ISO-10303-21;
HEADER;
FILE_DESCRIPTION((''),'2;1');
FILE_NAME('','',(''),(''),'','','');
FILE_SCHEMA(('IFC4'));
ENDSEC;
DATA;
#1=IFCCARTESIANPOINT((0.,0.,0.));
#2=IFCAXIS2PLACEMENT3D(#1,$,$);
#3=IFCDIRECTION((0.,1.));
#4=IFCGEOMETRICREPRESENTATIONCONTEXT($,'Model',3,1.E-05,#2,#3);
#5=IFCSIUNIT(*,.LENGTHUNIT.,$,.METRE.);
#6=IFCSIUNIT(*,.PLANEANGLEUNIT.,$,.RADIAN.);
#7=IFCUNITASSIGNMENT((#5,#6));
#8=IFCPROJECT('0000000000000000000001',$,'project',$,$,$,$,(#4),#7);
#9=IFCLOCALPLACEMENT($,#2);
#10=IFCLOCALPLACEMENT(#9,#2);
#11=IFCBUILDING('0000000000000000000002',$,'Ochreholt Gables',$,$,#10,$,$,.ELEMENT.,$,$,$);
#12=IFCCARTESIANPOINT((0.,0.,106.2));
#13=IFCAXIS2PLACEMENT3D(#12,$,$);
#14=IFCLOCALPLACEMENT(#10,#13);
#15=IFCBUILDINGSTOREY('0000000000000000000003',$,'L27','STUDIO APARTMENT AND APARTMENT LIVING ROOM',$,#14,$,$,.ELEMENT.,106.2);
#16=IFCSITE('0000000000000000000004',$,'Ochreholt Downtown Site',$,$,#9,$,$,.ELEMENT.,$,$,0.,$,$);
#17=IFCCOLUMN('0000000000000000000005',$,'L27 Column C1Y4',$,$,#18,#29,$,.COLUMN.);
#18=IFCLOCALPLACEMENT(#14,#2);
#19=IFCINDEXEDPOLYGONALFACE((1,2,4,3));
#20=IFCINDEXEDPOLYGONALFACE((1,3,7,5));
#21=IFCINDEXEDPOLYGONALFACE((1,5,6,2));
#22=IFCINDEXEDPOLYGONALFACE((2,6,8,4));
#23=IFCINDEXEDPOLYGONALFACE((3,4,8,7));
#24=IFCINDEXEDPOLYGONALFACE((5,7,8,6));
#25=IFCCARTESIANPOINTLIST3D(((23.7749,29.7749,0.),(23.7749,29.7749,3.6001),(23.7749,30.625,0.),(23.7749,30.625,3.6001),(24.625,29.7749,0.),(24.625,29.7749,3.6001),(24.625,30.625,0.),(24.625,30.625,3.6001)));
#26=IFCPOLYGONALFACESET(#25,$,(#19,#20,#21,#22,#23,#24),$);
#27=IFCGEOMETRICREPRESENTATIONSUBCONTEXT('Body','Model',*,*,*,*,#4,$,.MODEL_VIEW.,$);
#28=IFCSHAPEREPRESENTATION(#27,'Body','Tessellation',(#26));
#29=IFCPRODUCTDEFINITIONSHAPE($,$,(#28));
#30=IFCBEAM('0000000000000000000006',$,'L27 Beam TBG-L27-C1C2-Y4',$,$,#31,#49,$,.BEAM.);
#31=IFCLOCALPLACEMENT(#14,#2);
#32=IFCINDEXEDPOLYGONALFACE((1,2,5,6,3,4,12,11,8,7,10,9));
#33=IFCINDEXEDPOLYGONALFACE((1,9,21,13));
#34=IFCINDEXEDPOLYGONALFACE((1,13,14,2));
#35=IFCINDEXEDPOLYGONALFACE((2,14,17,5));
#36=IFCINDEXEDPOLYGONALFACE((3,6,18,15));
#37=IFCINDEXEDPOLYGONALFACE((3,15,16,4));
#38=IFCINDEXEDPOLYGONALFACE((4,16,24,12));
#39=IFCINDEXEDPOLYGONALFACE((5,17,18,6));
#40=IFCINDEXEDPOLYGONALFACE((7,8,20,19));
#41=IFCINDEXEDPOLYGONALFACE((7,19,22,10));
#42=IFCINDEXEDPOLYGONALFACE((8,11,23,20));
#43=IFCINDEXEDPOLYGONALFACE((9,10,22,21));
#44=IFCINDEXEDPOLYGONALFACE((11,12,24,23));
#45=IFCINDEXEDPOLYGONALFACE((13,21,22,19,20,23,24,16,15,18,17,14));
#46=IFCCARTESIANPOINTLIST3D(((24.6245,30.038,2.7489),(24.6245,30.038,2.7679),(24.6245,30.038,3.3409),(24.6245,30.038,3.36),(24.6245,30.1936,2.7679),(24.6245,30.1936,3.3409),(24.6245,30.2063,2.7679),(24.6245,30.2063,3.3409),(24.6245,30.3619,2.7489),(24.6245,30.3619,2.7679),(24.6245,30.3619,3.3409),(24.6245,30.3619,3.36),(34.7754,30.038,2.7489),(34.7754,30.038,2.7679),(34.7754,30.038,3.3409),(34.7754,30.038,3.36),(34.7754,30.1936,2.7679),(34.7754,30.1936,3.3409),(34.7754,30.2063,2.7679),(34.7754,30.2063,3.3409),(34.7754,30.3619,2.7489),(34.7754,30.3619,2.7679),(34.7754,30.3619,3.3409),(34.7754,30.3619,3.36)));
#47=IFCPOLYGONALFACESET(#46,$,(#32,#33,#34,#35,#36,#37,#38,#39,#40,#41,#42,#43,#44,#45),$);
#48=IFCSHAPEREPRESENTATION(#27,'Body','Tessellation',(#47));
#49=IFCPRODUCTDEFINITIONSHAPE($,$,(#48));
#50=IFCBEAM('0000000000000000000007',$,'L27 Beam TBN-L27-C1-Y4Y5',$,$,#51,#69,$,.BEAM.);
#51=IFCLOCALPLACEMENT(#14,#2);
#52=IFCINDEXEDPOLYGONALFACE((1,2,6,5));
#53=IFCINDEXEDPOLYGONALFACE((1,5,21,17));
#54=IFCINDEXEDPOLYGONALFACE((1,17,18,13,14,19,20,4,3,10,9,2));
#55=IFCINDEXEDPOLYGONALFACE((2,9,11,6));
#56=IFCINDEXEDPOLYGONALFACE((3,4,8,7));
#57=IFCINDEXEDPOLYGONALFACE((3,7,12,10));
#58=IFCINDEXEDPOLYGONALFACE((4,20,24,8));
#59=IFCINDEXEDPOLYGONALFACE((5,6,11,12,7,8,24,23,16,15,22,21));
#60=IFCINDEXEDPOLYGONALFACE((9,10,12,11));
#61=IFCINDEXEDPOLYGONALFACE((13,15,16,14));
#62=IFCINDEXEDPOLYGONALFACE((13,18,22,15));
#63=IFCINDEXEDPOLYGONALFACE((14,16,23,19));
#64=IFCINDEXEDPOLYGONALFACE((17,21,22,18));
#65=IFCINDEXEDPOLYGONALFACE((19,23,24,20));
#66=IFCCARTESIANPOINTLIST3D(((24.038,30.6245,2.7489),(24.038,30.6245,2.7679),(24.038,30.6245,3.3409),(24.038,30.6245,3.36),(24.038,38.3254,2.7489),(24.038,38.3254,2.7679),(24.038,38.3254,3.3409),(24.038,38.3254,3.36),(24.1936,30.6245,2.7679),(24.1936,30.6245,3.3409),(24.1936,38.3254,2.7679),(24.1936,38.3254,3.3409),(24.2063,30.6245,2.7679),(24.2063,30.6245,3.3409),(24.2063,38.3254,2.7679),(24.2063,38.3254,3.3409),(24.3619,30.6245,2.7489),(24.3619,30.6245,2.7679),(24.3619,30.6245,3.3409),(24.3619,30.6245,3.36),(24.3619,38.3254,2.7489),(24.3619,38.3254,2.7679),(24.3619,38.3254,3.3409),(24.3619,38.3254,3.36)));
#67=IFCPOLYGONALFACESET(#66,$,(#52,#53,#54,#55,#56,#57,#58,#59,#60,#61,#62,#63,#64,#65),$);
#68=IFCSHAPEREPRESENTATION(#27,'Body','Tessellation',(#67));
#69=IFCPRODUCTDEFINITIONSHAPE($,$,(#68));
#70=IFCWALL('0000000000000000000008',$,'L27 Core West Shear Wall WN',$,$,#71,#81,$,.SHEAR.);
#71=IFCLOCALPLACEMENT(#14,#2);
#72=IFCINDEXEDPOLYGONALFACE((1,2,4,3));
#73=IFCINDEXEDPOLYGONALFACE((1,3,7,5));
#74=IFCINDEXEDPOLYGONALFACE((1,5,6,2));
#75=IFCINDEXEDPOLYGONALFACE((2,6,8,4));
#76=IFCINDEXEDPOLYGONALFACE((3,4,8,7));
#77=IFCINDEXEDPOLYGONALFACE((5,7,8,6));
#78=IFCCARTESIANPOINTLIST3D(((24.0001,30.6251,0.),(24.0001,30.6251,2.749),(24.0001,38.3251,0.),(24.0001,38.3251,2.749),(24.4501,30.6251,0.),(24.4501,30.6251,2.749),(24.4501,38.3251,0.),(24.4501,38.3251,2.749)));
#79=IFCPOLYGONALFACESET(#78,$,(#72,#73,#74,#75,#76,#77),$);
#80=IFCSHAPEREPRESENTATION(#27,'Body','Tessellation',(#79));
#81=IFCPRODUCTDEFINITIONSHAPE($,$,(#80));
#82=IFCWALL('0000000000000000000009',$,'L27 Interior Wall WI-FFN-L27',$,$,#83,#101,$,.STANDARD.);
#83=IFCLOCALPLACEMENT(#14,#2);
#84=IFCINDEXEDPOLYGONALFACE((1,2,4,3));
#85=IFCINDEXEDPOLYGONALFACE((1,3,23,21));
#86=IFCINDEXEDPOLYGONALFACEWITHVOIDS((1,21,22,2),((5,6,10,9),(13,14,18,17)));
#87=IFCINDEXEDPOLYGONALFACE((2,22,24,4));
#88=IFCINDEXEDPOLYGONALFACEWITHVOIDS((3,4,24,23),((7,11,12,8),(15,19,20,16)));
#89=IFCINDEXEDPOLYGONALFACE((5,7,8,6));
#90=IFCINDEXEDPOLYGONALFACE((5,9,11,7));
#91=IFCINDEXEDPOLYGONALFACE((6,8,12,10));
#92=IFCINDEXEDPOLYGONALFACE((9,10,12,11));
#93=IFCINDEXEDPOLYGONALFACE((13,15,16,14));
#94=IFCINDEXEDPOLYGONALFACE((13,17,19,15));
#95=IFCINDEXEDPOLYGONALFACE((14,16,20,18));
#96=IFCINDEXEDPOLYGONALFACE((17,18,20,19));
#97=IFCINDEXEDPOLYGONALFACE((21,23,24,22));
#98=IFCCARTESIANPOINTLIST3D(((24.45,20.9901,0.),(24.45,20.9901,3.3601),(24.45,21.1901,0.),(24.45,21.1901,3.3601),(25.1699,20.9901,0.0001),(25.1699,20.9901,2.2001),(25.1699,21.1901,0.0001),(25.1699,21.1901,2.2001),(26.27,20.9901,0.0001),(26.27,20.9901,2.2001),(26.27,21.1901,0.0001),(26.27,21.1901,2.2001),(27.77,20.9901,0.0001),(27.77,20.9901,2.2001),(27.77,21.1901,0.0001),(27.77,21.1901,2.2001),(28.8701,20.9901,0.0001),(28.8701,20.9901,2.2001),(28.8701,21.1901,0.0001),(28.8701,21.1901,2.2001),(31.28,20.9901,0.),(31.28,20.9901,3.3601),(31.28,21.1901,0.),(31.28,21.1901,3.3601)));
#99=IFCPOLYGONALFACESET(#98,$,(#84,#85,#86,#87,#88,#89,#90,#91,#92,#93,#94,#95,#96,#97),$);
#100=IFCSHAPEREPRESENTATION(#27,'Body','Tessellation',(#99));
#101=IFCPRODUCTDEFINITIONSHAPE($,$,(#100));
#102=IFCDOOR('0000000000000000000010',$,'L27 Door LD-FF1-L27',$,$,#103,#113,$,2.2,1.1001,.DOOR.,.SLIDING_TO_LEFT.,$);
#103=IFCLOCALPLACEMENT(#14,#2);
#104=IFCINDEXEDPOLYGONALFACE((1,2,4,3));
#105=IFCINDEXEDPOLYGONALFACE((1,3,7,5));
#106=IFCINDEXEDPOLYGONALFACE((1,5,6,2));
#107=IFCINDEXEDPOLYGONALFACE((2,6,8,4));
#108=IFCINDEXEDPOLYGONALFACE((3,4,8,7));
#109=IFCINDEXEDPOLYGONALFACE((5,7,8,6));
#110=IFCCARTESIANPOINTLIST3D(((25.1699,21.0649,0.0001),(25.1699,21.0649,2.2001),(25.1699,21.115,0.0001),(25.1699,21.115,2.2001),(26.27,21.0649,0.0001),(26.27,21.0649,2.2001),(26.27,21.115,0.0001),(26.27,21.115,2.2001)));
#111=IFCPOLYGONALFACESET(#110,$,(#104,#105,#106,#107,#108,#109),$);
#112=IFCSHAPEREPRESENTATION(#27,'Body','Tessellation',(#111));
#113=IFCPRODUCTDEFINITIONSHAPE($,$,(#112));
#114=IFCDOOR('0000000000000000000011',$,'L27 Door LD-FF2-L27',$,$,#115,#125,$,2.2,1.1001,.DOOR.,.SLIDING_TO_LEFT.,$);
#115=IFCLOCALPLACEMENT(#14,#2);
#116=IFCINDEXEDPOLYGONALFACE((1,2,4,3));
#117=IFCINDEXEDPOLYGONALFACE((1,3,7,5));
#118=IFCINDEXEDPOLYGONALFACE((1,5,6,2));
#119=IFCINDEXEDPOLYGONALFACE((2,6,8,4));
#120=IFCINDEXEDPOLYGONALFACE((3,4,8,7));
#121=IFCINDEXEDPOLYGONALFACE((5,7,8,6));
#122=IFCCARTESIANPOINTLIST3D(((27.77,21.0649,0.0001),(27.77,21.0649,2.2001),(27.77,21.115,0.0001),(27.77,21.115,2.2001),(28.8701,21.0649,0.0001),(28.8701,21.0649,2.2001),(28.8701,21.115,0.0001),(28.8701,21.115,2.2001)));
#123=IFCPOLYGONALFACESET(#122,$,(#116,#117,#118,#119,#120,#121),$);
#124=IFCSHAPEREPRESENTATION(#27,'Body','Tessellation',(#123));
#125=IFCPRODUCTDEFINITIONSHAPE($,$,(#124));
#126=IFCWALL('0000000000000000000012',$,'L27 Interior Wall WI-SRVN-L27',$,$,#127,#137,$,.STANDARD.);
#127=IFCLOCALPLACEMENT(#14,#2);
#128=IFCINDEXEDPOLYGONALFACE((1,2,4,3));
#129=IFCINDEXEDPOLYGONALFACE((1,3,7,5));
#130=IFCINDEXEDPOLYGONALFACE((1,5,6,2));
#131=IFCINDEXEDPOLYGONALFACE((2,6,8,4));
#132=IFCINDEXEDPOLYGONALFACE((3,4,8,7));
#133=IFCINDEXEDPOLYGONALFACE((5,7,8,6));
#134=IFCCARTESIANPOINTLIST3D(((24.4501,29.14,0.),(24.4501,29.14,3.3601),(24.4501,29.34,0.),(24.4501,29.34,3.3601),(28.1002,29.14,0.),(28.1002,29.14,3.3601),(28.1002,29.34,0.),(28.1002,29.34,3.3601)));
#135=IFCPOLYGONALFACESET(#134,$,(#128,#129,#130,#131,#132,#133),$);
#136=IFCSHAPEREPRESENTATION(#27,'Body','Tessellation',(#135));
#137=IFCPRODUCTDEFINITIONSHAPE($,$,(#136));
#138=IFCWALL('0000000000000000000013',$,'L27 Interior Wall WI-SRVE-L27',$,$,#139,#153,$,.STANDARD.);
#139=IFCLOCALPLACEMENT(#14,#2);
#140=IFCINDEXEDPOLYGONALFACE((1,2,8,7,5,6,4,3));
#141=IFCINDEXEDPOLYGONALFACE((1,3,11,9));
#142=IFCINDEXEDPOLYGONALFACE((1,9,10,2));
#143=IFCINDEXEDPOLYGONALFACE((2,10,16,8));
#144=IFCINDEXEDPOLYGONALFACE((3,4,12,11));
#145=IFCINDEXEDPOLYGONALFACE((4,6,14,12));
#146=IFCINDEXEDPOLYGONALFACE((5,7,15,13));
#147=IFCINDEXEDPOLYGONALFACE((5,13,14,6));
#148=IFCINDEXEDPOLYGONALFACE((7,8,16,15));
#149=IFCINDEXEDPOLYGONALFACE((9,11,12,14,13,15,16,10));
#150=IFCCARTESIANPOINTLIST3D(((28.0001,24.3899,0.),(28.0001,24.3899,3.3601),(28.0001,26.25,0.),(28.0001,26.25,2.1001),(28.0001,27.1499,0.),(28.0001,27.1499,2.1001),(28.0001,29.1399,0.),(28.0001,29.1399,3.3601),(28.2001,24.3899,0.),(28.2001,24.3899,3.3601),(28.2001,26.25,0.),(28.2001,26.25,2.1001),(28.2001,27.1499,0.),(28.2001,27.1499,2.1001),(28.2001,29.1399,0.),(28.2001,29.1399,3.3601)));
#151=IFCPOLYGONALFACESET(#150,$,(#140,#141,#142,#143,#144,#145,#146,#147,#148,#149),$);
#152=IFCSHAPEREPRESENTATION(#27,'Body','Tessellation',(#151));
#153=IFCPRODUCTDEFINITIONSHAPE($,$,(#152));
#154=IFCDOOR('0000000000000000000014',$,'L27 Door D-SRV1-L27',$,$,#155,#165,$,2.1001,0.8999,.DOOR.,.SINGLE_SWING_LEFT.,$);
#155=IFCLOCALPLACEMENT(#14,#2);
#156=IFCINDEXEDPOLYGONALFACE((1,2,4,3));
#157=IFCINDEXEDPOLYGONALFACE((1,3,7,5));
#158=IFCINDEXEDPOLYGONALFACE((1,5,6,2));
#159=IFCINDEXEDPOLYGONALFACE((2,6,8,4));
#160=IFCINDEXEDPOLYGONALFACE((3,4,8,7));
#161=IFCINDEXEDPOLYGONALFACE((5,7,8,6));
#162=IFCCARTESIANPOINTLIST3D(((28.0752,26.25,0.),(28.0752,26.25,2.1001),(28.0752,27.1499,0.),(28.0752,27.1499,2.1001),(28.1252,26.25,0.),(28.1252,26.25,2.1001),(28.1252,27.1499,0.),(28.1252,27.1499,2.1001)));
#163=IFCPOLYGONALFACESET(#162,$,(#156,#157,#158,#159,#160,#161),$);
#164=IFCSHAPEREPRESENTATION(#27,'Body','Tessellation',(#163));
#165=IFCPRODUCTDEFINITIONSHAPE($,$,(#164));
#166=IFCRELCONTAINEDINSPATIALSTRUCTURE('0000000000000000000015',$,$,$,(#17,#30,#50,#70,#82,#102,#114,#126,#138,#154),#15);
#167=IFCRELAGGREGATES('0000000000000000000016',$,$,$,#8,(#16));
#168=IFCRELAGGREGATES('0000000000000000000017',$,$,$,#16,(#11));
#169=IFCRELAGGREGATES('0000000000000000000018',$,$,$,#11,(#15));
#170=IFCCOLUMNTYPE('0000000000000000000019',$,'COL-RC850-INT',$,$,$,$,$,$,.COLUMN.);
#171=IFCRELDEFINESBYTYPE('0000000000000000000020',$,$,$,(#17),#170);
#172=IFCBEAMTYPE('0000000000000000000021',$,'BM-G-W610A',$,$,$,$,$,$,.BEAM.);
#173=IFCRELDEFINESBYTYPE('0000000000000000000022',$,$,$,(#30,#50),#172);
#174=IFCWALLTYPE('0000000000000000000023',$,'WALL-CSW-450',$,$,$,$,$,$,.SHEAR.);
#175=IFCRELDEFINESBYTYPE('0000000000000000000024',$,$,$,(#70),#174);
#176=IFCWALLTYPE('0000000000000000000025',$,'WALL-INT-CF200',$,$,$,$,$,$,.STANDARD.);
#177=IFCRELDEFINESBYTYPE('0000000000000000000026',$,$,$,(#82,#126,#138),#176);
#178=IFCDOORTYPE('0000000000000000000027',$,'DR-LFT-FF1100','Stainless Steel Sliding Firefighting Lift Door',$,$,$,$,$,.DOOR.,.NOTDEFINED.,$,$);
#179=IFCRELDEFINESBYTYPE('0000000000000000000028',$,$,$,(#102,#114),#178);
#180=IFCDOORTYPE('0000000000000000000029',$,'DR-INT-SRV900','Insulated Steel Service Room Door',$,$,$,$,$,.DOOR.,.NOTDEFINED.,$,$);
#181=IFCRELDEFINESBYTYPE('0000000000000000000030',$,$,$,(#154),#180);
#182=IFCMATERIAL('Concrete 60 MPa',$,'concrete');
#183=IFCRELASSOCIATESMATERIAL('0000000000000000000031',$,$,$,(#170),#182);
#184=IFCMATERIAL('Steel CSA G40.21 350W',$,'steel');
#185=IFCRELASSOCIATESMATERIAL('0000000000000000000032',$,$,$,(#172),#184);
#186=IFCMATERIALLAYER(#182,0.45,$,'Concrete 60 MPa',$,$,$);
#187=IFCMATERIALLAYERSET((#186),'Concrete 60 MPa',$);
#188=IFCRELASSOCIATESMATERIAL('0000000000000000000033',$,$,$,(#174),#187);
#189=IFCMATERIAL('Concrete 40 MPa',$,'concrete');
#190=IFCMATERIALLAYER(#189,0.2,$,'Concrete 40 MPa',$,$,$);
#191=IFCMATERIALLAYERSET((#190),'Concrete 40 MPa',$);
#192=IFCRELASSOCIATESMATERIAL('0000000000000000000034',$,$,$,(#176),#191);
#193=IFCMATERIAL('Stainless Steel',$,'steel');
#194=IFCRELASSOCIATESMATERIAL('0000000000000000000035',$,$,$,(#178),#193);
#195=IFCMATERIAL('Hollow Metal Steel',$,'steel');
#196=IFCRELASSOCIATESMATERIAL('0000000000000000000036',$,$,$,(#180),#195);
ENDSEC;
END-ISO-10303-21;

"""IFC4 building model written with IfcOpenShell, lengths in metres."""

from ifc_helpers import new_model, si_unit, direction, frame, frame_2d, origin, origin_2d, place, context, subcontext, project, spatial, rectangle, i_section, extrude, material, layer, layer_set, material_profile, profile_set, type_object, element, fill, save


model = new_model("IFC4")

# Units and contexts
model_context = context("Model", 3, precision=1e-05, world=origin(), true_north=direction((0.0, 1.0)))
body_context = subcontext(model_context, "Body", "Model", "MODEL_VIEW")
ifc_project = project(units=[si_unit("LENGTHUNIT", "METRE"), si_unit("PLANEANGLEUNIT", "RADIAN")], contexts=[model_context])

# Site, building, storey
site_placement = place(None, origin())
site = spatial("IfcSite", under=ifc_project, at=site_placement, Name="Ochreholt Downtown Site", CompositionType="ELEMENT", RefElevation=0.0)
building_placement = place(site_placement, origin())
building = spatial("IfcBuilding", under=site, at=building_placement, Name="Ochreholt Gables", CompositionType="ELEMENT")
storey_placement = place(building_placement, frame((0.0, 0.0, 106.2)))
storey = spatial("IfcBuildingStorey", under=building, at=storey_placement, Name="L27", Description="STUDIO APARTMENT AND APARTMENT LIVING ROOM", CompositionType="ELEMENT", Elevation=106.2)

# Column
ifc_material_1 = material(Name="Concrete 60 MPa", Category="concrete")
ifc_material_profile_1 = material_profile(ifc_material_1, rectangle(XDim=0.8501, YDim=0.8501, at=origin_2d()), Name="RC850X850")
ifc_profile_set_1 = profile_set([ifc_material_profile_1], Name="Concrete 60 MPa")
column_type = type_object("IfcColumnType", Name="COL-RC850-INT", PredefinedType="COLUMN", material=ifc_profile_set_1)
column_placement = place(storey_placement, frame((24.2, 30.2, 0.0), z_axis=(0.0, 0.0, 1.0), x_axis=(1.0, 0.0, 0.0)))
element("IfcColumn", 1, at=column_placement, inside=storey, type_object=column_type, Name="L27 Column C1Y4", PredefinedType="COLUMN", context=body_context, shape_type="SweptSolid", body=[
    extrude(rectangle(XDim=0.8501, YDim=0.8501, at=origin_2d()), origin(), (0.0, 0.0, 1.0), 3.6001),
])

# Beams
ifc_material_2 = material(Name="Steel CSA G40.21 350W", Category="steel")
ifc_material_profile_2 = material_profile(ifc_material_2, i_section(OverallWidth=0.324, OverallDepth=0.6111, WebThickness=0.0127, FlangeThickness=0.019, at=origin_2d()), Name="W610X155")
ifc_profile_set_2 = profile_set([ifc_material_profile_2], Name="Steel CSA G40.21 350W")
beam_type = type_object("IfcBeamType", Name="BM-G-W610A", PredefinedType="BEAM", material=ifc_profile_set_2)
beam_1_placement = place(storey_placement, frame((24.6245, 30.2, 3.0544), z_axis=(1.0, 0.0, 0.0), x_axis=(0.0, 1.0, 0.0)))
element("IfcBeam", 2, at=beam_1_placement, inside=storey, type_object=beam_type, Name="L27 Beam TBG-L27-C1C2-Y4", PredefinedType="BEAM", context=body_context, shape_type="SweptSolid", body=[
    extrude(i_section(OverallWidth=0.324, OverallDepth=0.6111, WebThickness=0.0127, FlangeThickness=0.019, at=origin_2d()), origin(), (0.0, 0.0, 1.0), 10.1509),
])
beam_2_placement = place(storey_placement, frame((24.2, 30.6245, 3.0544), z_axis=(0.0, 1.0, 0.0), x_axis=(-1.0, 0.0, 0.0)))
element("IfcBeam", 3, at=beam_2_placement, inside=storey, type_object=beam_type, Name="L27 Beam TBN-L27-C1-Y4Y5", PredefinedType="BEAM", context=body_context, shape_type="SweptSolid", body=[
    extrude(i_section(OverallWidth=0.324, OverallDepth=0.6111, WebThickness=0.0127, FlangeThickness=0.019, at=origin_2d()), origin(), (0.0, 0.0, 1.0), 7.7009),
])

# Wall
ifc_layer_1 = layer(ifc_material_1, 0.45, Name="Concrete 60 MPa")
ifc_layer_set_1 = layer_set([ifc_layer_1], Name="Concrete 60 MPa")
wall_type_1 = type_object("IfcWallType", Name="WALL-CSW-450", PredefinedType="SHEAR", material=ifc_layer_set_1)
wall_1_placement = place(storey_placement, frame((24.2251, 30.625, 0.0), z_axis=(0.0, 0.0, 1.0), x_axis=(0.0, 1.0, 0.0)))
element("IfcWall", 4, at=wall_1_placement, inside=storey, type_object=wall_type_1, Name="L27 Core West Shear Wall WN", PredefinedType="SHEAR", context=body_context, shape_type="SweptSolid", body=[
    extrude(rectangle(XDim=7.7, YDim=0.45, at=frame_2d((3.8501, 0.0))), origin(), (0.0, 0.0, 1.0), 2.749),
])

# Wall, openings, doors
ifc_material_3 = material(Name="Concrete 40 MPa", Category="concrete")
ifc_layer_2 = layer(ifc_material_3, 0.2, Name="Concrete 40 MPa")
ifc_layer_set_2 = layer_set([ifc_layer_2], Name="Concrete 40 MPa")
wall_type_2 = type_object("IfcWallType", Name="WALL-INT-CF200", PredefinedType="STANDARD", material=ifc_layer_set_2)
wall_2_placement = place(storey_placement, frame((24.45, 21.0901, 0.0), z_axis=(0.0, 0.0, 1.0), x_axis=(1.0, 0.0, 0.0)))
wall_2 = element("IfcWall", 5, at=wall_2_placement, inside=storey, type_object=wall_type_2, Name="L27 Interior Wall WI-FFN-L27", PredefinedType="STANDARD", context=body_context, shape_type="SweptSolid", body=[
    extrude(rectangle(XDim=6.8301, YDim=0.2, at=frame_2d((3.415, 0.0))), origin(), (0.0, 0.0, 1.0), 3.3601),
])
opening_1_placement = place(wall_2_placement, frame((0.72, 0.0, 0.0)))
opening_1 = element("IfcOpeningElement", 6, at=opening_1_placement, cuts=wall_2, PredefinedType="OPENING", context=body_context, shape_type="SweptSolid", body=[
    extrude(rectangle(XDim=1.1001, YDim=2.2, at=frame_2d((0.55, 1.1001))), frame((0.0, 0.1099, 0.0), z_axis=(0.0, -1.0, 0.0), x_axis=(1.0, 0.0, 0.0)), (0.0, 0.0, 1.0), 0.22),
])
opening_2_placement = place(wall_2_placement, frame((3.3201, 0.0, 0.0)))
opening_2 = element("IfcOpeningElement", 7, at=opening_2_placement, cuts=wall_2, PredefinedType="OPENING", context=body_context, shape_type="SweptSolid", body=[
    extrude(rectangle(XDim=1.1001, YDim=2.2, at=frame_2d((0.55, 1.1001))), frame((0.0, 0.1099, 0.0), z_axis=(0.0, -1.0, 0.0), x_axis=(1.0, 0.0, 0.0)), (0.0, 0.0, 1.0), 0.22),
])
ifc_material_4 = material(Name="Stainless Steel", Category="steel")
door_type_1 = type_object("IfcDoorType", Name="DR-LFT-FF1100", Description="Stainless Steel Sliding Firefighting Lift Door", OperationType="NOTDEFINED", PredefinedType="DOOR", material=ifc_material_4)
door_1_placement = place(opening_1_placement, origin())
door_1 = element("IfcDoor", 8, at=door_1_placement, inside=storey, type_object=door_type_1, Name="L27 Door LD-FF1-L27", OperationType="SLIDING_TO_LEFT", OverallHeight=2.2, OverallWidth=1.1001, PredefinedType="DOOR", context=body_context, shape_type="SweptSolid", body=[
    extrude(rectangle(XDim=1.1001, YDim=2.2, at=frame_2d((0.55, 1.1001))), frame((0.0, 0.0249, 0.0), z_axis=(0.0, -1.0, 0.0), x_axis=(1.0, 0.0, 0.0)), (0.0, 0.0, 1.0), 0.05),
])
fill(opening_1, door_1)
door_2_placement = place(opening_2_placement, origin())
door_2 = element("IfcDoor", 9, at=door_2_placement, inside=storey, type_object=door_type_1, Name="L27 Door LD-FF2-L27", OperationType="SLIDING_TO_LEFT", OverallHeight=2.2, OverallWidth=1.1001, PredefinedType="DOOR", context=body_context, shape_type="SweptSolid", body=[
    extrude(rectangle(XDim=1.1001, YDim=2.2, at=frame_2d((0.55, 1.1001))), frame((0.0, 0.0249, 0.0), z_axis=(0.0, -1.0, 0.0), x_axis=(1.0, 0.0, 0.0)), (0.0, 0.0, 1.0), 0.05),
])
fill(opening_2, door_2)

# Wall
wall_3_placement = place(storey_placement, frame((24.45, 29.24, 0.0), z_axis=(0.0, 0.0, 1.0), x_axis=(1.0, 0.0, 0.0)))
element("IfcWall", 10, at=wall_3_placement, inside=storey, type_object=wall_type_2, Name="L27 Interior Wall WI-SRVN-L27", PredefinedType="STANDARD", context=body_context, shape_type="SweptSolid", body=[
    extrude(rectangle(XDim=3.6501, YDim=0.2, at=frame_2d((1.8252, 0.0))), origin(), (0.0, 0.0, 1.0), 3.3601),
])

# Wall, opening, door
wall_4_placement = place(storey_placement, frame((28.1001, 24.3899, 0.0), z_axis=(0.0, 0.0, 1.0), x_axis=(0.0, 1.0, 0.0)))
wall_4 = element("IfcWall", 11, at=wall_4_placement, inside=storey, type_object=wall_type_2, Name="L27 Interior Wall WI-SRVE-L27", PredefinedType="STANDARD", context=body_context, shape_type="SweptSolid", body=[
    extrude(rectangle(XDim=4.75, YDim=0.2, at=frame_2d((2.375, 0.0))), origin(), (0.0, 0.0, 1.0), 3.3601),
])
opening_3_placement = place(wall_4_placement, frame((1.8601, 0.0, 0.0)))
opening_3 = element("IfcOpeningElement", 12, at=opening_3_placement, cuts=wall_4, PredefinedType="OPENING", context=body_context, shape_type="SweptSolid", body=[
    extrude(rectangle(XDim=0.8999, YDim=2.1001, at=frame_2d((0.45, 1.05))), frame((0.0, 0.1099, 0.0), z_axis=(0.0, -1.0, 0.0), x_axis=(1.0, 0.0, 0.0)), (0.0, 0.0, 1.0), 0.22),
])
ifc_material_5 = material(Name="Hollow Metal Steel", Category="steel")
door_type_2 = type_object("IfcDoorType", Name="DR-INT-SRV900", Description="Insulated Steel Service Room Door", OperationType="NOTDEFINED", PredefinedType="DOOR", material=ifc_material_5)
door_3_placement = place(opening_3_placement, origin())
door_3 = element("IfcDoor", 13, at=door_3_placement, inside=storey, type_object=door_type_2, Name="L27 Door D-SRV1-L27", OperationType="SINGLE_SWING_LEFT", OverallHeight=2.1001, OverallWidth=0.8999, PredefinedType="DOOR", context=body_context, shape_type="SweptSolid", body=[
    extrude(rectangle(XDim=0.8999, YDim=2.1001, at=frame_2d((0.45, 1.05))), frame((0.0, 0.0249, 0.0), z_axis=(0.0, -1.0, 0.0), x_axis=(1.0, 0.0, 0.0)), (0.0, 0.0, 1.0), 0.05),
])
fill(opening_3, door_3)

save(model, "model.ifc")
